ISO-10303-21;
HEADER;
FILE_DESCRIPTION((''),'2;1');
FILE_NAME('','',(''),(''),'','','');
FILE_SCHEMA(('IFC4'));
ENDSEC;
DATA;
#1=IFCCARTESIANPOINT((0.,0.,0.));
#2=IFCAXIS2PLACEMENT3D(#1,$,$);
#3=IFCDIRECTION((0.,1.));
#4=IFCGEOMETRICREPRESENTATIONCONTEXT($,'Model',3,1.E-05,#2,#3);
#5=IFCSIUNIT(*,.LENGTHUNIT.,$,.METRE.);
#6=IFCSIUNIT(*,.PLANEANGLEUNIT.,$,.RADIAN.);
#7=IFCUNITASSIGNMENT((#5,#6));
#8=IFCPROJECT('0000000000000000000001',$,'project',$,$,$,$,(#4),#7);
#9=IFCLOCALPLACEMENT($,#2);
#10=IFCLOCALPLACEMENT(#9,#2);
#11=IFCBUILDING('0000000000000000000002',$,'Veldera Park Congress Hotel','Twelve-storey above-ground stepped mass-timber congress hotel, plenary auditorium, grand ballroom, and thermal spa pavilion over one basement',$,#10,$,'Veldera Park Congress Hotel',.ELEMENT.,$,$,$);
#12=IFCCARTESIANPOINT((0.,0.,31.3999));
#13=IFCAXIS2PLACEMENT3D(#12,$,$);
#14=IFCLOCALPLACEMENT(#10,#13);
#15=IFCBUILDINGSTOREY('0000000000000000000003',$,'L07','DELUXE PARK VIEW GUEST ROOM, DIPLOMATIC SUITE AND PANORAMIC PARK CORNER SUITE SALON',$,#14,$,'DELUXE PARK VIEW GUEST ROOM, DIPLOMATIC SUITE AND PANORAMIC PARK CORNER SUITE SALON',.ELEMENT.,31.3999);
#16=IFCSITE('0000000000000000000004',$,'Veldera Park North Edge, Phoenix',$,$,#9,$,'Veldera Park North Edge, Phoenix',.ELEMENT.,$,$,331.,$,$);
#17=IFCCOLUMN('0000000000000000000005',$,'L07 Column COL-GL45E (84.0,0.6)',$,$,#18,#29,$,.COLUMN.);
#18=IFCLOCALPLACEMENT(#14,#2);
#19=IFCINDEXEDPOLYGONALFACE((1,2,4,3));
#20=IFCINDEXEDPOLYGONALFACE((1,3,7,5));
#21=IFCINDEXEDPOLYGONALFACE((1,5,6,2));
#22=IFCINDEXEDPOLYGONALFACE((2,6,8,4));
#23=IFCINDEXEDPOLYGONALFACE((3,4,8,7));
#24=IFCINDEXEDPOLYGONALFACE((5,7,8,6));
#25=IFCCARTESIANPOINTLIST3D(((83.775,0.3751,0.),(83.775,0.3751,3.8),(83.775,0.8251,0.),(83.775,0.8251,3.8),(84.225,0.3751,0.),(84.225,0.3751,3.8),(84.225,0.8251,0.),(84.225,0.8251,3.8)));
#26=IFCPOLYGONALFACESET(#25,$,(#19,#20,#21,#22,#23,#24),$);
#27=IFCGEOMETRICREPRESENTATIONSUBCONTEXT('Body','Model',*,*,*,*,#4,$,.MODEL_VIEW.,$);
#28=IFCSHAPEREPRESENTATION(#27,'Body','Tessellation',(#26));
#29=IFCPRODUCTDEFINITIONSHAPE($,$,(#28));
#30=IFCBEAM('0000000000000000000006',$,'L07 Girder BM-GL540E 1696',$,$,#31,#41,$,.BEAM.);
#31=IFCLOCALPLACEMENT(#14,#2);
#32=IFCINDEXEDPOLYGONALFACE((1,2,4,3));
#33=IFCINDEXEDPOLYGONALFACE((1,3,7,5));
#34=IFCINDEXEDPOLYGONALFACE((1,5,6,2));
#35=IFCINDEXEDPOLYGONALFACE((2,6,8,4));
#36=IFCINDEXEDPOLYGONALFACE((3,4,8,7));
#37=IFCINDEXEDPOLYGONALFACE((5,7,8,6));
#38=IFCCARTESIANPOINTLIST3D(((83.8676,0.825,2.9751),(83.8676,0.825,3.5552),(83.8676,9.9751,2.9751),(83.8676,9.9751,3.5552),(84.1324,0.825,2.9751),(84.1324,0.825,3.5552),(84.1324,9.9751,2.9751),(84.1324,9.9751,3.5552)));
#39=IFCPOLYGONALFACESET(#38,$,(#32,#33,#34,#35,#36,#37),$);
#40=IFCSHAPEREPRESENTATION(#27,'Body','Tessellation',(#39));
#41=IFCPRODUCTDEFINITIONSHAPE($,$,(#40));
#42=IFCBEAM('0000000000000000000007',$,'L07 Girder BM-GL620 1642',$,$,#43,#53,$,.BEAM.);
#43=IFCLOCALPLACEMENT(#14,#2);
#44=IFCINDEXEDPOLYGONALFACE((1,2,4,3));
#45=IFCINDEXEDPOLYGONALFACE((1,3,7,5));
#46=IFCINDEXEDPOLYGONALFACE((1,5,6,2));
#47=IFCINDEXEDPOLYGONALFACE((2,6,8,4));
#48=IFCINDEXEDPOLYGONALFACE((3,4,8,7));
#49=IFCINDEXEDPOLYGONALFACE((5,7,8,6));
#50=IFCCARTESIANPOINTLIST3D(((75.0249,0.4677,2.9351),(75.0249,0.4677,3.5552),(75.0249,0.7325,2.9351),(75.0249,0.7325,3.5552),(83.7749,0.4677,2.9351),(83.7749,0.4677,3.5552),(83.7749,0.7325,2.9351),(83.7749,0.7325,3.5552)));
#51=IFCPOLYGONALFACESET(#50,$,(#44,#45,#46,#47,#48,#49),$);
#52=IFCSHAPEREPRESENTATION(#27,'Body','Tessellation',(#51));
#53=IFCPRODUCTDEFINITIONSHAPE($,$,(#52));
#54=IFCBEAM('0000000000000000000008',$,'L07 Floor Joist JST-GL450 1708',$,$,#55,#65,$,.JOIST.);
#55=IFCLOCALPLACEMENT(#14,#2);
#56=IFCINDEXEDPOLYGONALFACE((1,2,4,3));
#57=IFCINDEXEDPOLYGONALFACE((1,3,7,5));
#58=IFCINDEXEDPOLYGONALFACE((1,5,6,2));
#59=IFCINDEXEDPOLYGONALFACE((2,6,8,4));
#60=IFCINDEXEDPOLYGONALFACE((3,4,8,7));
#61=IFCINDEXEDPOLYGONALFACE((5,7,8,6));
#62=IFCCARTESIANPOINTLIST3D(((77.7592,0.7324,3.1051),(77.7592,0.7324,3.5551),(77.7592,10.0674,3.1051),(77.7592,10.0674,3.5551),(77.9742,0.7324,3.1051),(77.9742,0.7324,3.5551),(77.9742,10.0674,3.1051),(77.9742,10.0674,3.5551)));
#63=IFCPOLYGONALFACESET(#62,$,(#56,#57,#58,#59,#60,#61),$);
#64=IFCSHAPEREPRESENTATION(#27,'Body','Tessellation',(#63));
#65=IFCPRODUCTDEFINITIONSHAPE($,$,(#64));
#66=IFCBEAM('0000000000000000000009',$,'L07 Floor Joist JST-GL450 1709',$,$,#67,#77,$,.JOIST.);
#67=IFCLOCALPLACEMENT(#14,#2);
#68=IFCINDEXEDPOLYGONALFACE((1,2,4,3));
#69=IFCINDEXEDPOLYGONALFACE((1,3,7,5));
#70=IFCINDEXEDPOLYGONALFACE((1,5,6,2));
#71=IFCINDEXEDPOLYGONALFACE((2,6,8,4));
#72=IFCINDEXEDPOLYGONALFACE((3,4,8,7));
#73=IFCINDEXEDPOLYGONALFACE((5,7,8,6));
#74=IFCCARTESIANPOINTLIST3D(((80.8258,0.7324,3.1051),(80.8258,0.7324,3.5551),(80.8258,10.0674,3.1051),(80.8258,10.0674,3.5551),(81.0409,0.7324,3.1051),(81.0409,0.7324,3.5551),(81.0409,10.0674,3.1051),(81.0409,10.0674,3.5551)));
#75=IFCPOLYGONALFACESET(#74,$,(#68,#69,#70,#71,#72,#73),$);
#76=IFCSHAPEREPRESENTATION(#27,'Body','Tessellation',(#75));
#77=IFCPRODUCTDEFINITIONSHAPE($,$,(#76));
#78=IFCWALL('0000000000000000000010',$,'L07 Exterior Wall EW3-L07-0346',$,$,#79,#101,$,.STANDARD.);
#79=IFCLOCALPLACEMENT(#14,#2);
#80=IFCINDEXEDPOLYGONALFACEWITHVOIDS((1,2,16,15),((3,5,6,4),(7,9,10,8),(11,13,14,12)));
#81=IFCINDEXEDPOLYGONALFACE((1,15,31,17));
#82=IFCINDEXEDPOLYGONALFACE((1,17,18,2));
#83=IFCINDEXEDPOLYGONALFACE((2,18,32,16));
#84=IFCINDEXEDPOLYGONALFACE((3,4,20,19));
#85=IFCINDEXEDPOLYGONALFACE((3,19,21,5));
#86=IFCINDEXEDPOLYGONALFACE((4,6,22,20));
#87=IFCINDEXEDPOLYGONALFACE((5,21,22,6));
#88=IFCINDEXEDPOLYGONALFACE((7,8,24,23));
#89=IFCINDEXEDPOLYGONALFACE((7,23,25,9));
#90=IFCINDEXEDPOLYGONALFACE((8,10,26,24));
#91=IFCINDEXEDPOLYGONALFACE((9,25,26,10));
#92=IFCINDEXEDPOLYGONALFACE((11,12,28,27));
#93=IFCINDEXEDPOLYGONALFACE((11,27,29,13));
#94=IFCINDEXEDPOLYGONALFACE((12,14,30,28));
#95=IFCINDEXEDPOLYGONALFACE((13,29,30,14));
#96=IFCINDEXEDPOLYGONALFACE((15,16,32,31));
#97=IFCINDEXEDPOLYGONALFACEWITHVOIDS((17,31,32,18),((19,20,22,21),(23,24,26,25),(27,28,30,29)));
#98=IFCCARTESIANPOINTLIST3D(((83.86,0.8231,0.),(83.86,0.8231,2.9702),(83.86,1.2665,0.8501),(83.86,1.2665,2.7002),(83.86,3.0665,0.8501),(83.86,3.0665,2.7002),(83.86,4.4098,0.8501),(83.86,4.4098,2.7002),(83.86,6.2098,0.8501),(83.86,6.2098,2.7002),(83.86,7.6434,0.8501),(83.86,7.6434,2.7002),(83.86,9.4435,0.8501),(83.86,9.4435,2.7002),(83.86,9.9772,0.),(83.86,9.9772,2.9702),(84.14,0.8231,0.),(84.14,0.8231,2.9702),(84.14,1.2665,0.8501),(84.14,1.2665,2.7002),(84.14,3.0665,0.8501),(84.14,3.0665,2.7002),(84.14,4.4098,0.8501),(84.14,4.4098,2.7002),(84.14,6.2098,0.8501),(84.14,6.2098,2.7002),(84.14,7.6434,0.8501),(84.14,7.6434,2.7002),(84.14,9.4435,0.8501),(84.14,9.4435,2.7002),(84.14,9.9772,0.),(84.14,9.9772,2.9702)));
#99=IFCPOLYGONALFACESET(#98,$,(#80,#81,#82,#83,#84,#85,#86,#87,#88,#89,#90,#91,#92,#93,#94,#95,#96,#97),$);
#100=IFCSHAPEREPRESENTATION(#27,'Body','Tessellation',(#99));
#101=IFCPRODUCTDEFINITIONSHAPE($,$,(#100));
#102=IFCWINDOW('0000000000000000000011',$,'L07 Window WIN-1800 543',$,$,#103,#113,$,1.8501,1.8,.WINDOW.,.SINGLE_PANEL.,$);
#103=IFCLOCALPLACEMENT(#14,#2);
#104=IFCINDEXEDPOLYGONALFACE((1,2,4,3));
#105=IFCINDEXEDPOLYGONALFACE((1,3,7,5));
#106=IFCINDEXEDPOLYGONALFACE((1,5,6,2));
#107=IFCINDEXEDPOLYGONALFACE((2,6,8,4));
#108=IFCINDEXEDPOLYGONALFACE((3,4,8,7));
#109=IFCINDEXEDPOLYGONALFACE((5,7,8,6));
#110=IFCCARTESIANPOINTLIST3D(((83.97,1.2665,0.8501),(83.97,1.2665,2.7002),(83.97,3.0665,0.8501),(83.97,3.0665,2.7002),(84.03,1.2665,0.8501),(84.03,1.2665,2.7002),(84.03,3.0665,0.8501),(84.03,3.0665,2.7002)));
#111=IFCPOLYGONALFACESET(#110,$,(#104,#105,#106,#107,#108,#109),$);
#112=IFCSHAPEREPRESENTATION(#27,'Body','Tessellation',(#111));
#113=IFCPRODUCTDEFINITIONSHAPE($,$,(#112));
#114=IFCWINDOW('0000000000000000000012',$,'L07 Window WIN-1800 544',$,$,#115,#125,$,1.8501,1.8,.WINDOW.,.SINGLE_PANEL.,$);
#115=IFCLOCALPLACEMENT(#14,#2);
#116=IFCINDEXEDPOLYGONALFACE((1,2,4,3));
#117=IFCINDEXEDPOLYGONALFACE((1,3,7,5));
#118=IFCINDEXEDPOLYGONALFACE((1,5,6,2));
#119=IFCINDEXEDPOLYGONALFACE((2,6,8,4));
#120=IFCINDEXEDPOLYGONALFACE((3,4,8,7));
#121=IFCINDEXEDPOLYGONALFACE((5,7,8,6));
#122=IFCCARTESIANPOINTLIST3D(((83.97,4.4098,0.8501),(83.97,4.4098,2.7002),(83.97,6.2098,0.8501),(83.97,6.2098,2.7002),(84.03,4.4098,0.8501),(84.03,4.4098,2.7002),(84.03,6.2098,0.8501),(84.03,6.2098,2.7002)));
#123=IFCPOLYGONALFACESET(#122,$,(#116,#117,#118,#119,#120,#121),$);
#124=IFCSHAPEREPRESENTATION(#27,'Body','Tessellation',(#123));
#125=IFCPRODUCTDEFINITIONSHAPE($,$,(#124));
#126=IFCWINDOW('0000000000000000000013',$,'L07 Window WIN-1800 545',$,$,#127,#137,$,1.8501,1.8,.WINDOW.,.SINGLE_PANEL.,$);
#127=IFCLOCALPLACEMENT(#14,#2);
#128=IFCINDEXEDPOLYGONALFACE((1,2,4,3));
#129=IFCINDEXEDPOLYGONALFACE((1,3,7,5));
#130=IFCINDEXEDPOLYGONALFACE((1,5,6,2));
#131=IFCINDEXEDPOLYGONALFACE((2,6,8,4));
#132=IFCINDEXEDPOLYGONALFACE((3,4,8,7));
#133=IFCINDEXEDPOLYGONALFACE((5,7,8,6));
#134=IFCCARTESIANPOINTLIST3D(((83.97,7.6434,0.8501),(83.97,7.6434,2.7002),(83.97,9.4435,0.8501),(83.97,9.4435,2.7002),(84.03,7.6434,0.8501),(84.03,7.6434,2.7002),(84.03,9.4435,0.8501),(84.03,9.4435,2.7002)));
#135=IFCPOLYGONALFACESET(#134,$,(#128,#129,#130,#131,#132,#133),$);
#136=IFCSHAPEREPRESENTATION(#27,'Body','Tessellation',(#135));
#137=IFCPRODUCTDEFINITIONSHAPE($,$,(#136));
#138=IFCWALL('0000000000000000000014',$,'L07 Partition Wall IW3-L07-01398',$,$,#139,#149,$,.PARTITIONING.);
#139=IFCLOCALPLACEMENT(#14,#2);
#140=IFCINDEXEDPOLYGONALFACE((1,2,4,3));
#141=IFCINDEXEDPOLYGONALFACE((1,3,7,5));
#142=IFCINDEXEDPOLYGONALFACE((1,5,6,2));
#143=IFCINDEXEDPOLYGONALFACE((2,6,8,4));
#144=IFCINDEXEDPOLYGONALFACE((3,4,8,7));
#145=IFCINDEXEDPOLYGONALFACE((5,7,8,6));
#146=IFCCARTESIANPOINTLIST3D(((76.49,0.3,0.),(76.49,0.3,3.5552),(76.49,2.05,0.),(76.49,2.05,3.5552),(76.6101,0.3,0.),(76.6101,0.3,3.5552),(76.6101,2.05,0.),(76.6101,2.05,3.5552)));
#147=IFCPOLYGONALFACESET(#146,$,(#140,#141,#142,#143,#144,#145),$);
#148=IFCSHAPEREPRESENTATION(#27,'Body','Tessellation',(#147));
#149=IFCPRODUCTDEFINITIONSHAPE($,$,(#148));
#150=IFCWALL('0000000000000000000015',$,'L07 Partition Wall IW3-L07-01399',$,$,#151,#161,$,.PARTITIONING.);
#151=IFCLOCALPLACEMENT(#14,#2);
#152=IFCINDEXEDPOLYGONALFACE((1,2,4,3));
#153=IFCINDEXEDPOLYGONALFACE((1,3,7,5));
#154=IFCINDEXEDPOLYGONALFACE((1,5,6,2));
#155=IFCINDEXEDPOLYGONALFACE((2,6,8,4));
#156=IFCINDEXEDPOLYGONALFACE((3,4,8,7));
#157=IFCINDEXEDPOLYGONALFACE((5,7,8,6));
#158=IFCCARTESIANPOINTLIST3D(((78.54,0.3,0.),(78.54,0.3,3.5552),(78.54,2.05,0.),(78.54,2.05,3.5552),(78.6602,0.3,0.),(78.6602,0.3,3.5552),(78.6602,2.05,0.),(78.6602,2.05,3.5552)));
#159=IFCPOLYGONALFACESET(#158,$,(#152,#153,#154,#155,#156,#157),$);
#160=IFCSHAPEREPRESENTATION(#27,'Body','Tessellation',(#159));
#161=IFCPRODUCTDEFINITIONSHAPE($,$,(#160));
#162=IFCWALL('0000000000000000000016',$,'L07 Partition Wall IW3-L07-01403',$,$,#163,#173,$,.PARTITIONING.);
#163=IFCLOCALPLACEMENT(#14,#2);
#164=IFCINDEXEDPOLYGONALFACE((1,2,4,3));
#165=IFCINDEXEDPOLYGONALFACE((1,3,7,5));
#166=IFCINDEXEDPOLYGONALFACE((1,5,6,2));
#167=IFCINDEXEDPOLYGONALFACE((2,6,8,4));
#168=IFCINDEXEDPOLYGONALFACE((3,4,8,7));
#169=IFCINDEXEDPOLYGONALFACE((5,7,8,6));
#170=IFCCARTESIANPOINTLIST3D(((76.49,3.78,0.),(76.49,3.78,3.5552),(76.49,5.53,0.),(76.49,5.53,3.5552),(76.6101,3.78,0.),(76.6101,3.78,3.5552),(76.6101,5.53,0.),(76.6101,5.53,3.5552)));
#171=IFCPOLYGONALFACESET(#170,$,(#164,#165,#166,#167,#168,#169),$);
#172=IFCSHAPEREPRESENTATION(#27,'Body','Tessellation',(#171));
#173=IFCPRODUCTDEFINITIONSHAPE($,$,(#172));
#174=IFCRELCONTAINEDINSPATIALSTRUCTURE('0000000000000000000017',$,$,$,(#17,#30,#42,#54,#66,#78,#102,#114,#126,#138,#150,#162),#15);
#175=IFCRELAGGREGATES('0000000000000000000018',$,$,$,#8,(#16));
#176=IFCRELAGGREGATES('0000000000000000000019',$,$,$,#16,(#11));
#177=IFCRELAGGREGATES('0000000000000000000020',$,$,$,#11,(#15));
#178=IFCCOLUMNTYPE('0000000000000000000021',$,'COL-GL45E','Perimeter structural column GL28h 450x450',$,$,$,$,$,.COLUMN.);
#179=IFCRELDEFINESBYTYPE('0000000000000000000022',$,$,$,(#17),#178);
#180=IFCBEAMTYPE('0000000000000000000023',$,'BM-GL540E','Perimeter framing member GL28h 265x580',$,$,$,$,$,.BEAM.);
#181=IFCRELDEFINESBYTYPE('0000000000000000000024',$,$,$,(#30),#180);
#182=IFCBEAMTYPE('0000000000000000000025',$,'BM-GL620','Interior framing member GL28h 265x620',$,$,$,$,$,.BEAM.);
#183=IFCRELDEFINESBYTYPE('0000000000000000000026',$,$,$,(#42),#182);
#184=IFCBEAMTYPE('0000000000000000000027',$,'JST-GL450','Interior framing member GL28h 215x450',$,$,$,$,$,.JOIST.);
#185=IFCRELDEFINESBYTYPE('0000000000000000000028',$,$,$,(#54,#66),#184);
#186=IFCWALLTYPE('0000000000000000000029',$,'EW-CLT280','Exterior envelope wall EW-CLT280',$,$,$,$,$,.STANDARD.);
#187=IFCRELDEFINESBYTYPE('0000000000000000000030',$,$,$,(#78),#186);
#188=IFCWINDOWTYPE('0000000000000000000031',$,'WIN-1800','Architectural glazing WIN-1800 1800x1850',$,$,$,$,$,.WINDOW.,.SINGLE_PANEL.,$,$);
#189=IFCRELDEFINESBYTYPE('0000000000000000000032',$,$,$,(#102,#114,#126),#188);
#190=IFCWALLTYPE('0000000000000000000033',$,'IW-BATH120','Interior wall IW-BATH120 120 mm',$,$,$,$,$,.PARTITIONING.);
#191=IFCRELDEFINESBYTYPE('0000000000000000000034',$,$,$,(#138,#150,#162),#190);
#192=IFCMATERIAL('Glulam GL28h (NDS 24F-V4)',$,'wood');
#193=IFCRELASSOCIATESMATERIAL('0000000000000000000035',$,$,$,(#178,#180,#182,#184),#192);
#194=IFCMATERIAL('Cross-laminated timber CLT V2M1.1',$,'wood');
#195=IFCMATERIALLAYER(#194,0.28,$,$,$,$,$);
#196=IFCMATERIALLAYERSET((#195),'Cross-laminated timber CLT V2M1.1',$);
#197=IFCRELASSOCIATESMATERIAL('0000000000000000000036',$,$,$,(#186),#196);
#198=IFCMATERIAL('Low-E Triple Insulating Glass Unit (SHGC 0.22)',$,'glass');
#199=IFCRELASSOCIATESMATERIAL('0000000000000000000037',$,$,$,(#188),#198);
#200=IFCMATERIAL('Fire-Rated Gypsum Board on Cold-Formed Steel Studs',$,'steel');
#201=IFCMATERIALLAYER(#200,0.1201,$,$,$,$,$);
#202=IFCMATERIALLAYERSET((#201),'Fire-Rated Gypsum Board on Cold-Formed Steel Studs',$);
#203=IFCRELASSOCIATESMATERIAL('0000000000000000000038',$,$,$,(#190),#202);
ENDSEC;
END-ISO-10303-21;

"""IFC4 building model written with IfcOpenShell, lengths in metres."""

from ifc_helpers import new_model, si_unit, direction, frame, frame_2d, origin, origin_2d, place, context, subcontext, project, spatial, rectangle, extrude, material, layer, layer_set, material_profile, profile_set, type_object, element, fill, save


model = new_model("IFC4")

# Units and contexts
model_context = context("Model", 3, precision=1e-05, world=origin(), true_north=direction((0.0, 1.0)))
body_context = subcontext(model_context, "Body", "Model", "MODEL_VIEW")
ifc_project = project(units=[si_unit("LENGTHUNIT", "METRE"), si_unit("PLANEANGLEUNIT", "RADIAN")], contexts=[model_context])

# Site, building, storey
site_placement = place(None, origin())
site = spatial("IfcSite", under=ifc_project, at=site_placement, Name="Veldera Park North Edge, Phoenix", LongName="Veldera Park North Edge, Phoenix", CompositionType="ELEMENT", RefElevation=331.0)
building_placement = place(site_placement, origin())
building = spatial("IfcBuilding", under=site, at=building_placement, Name="Veldera Park Congress Hotel", Description="Twelve-storey above-ground stepped mass-timber congress hotel, plenary auditorium, grand ballroom, and thermal spa pavilion over one basement", LongName="Veldera Park Congress Hotel", CompositionType="ELEMENT")
storey_placement = place(building_placement, frame((0.0, 0.0, 31.3999)))
storey = spatial("IfcBuildingStorey", under=building, at=storey_placement, Name="L07", Description="DELUXE PARK VIEW GUEST ROOM, DIPLOMATIC SUITE AND PANORAMIC PARK CORNER SUITE SALON", LongName="DELUXE PARK VIEW GUEST ROOM, DIPLOMATIC SUITE AND PANORAMIC PARK CORNER SUITE SALON", CompositionType="ELEMENT", Elevation=31.3999)

# Column
ifc_material_1 = material(Name="Glulam GL28h (NDS 24F-V4)", Category="wood")
ifc_material_profile_1 = material_profile(ifc_material_1, rectangle(XDim=0.45, YDim=0.45, at=origin_2d()), Name="GL28h 450x450")
ifc_profile_set_1 = profile_set([ifc_material_profile_1], Name="Glulam GL28h (NDS 24F-V4)")
column_type = type_object("IfcColumnType", Name="COL-GL45E", Description="Perimeter structural column GL28h 450x450", PredefinedType="COLUMN", material=ifc_profile_set_1)
column_placement = place(storey_placement, frame((84.0, 0.6001, 0.0), z_axis=(0.0, 0.0, 1.0), x_axis=(1.0, 0.0, 0.0)))
element("IfcColumn", 1, at=column_placement, inside=storey, type_object=column_type, Name="L07 Column COL-GL45E (84.0,0.6)", PredefinedType="COLUMN", context=body_context, shape_type="SweptSolid", body=[
    extrude(rectangle(XDim=0.45, YDim=0.45, at=origin_2d()), origin(), (0.0, 0.0, 1.0), 3.8),
])

# Beams
ifc_material_profile_2 = material_profile(ifc_material_1, rectangle(XDim=0.2649, YDim=0.5801, at=origin_2d()), Name="GL28h 265x580")
ifc_profile_set_2 = profile_set([ifc_material_profile_2], Name="Glulam GL28h (NDS 24F-V4)")
beam_type_1 = type_object("IfcBeamType", Name="BM-GL540E", Description="Perimeter framing member GL28h 265x580", PredefinedType="BEAM", material=ifc_profile_set_2)
beam_1_placement = place(storey_placement, frame((84.0, 0.825, 3.2651), z_axis=(0.0, 1.0, 0.0), x_axis=(-1.0, 0.0, 0.0)))
element("IfcBeam", 2, at=beam_1_placement, inside=storey, type_object=beam_type_1, Name="L07 Girder BM-GL540E 1696", PredefinedType="BEAM", context=body_context, shape_type="SweptSolid", body=[
    extrude(rectangle(XDim=0.2649, YDim=0.5801, at=origin_2d()), origin(), (0.0, 0.0, 1.0), 9.1501),
])
ifc_material_profile_3 = material_profile(ifc_material_1, rectangle(XDim=0.2649, YDim=0.6201, at=origin_2d()), Name="GL28h 265x620")
ifc_profile_set_3 = profile_set([ifc_material_profile_3], Name="Glulam GL28h (NDS 24F-V4)")
beam_type_2 = type_object("IfcBeamType", Name="BM-GL620", Description="Interior framing member GL28h 265x620", PredefinedType="BEAM", material=ifc_profile_set_3)
beam_2_placement = place(storey_placement, frame((75.0249, 0.6001, 3.2451), z_axis=(1.0, 0.0, 0.0), x_axis=(0.0, 1.0, 0.0)))
element("IfcBeam", 3, at=beam_2_placement, inside=storey, type_object=beam_type_2, Name="L07 Girder BM-GL620 1642", PredefinedType="BEAM", context=body_context, shape_type="SweptSolid", body=[
    extrude(rectangle(XDim=0.2649, YDim=0.6201, at=origin_2d()), origin(), (0.0, 0.0, 1.0), 8.75),
])
ifc_material_profile_4 = material_profile(ifc_material_1, rectangle(XDim=0.2151, YDim=0.45, at=origin_2d()), Name="GL28h 215x450")
ifc_profile_set_4 = profile_set([ifc_material_profile_4], Name="Glulam GL28h (NDS 24F-V4)")
beam_type_3 = type_object("IfcBeamType", Name="JST-GL450", Description="Interior framing member GL28h 215x450", PredefinedType="JOIST", material=ifc_profile_set_4)
for number, where, z_axis, x_axis, name in (
    (4, (77.8667, 0.7324, 3.3301), (0.0, 1.0, 0.0), (-1.0, 0.0, 0.0), "L07 Floor Joist JST-GL450 1708"),
    (5, (80.9333, 0.7324, 3.3301), (0.0, 1.0, 0.0), (-1.0, 0.0, 0.0), "L07 Floor Joist JST-GL450 1709"),
):
    element("IfcBeam", number, at=place(storey_placement, frame(where, z_axis=z_axis, x_axis=x_axis)), inside=storey, type_object=beam_type_3, Name=name, PredefinedType="JOIST", context=body_context, shape_type="SweptSolid", body=[
        extrude(rectangle(XDim=0.2151, YDim=0.45, at=origin_2d()), origin(), (0.0, 0.0, 1.0), 9.335),
    ])

# Wall, openings, windows
ifc_material_2 = material(Name="Cross-laminated timber CLT V2M1.1", Category="wood")
ifc_layer_1 = layer(ifc_material_2, 0.28)
ifc_layer_set_1 = layer_set([ifc_layer_1], Name="Cross-laminated timber CLT V2M1.1")
wall_type_1 = type_object("IfcWallType", Name="EW-CLT280", Description="Exterior envelope wall EW-CLT280", PredefinedType="STANDARD", material=ifc_layer_set_1)
wall_1_placement = place(storey_placement, frame((84.0, 0.823, 0.0), z_axis=(0.0, 0.0, 1.0), x_axis=(0.0, 1.0, 0.0)))
wall_1 = element("IfcWall", 6, at=wall_1_placement, inside=storey, type_object=wall_type_1, Name="L07 Exterior Wall EW3-L07-0346", PredefinedType="STANDARD", context=body_context, shape_type="SweptSolid", body=[
    extrude(rectangle(XDim=9.1541, YDim=0.28, at=frame_2d((4.5771, 0.0))), origin(), (0.0, 0.0, 1.0), 2.9702),
])
opening_1_placement = place(wall_1_placement, frame((0.4436, 0.0, 0.8501)))
opening_1 = element("IfcOpeningElement", 7, at=opening_1_placement, cuts=wall_1, PredefinedType="OPENING", context=body_context, shape_type="SweptSolid", body=[
    extrude(rectangle(XDim=1.8, YDim=1.8501, at=frame_2d((0.8999, 0.925))), frame((0.0, 0.1521, 0.0), z_axis=(0.0, -1.0, 0.0), x_axis=(1.0, 0.0, 0.0)), (0.0, 0.0, 1.0), 0.304),
])
opening_2_placement = place(wall_1_placement, frame((3.5869, 0.0, 0.8501)))
opening_2 = element("IfcOpeningElement", 8, at=opening_2_placement, cuts=wall_1, PredefinedType="OPENING", context=body_context, shape_type="SweptSolid", body=[
    extrude(rectangle(XDim=1.8, YDim=1.8501, at=frame_2d((0.8999, 0.925))), frame((0.0, 0.1521, 0.0), z_axis=(0.0, -1.0, 0.0), x_axis=(1.0, 0.0, 0.0)), (0.0, 0.0, 1.0), 0.304),
])
opening_3_placement = place(wall_1_placement, frame((6.8206, 0.0, 0.8501)))
opening_3 = element("IfcOpeningElement", 9, at=opening_3_placement, cuts=wall_1, PredefinedType="OPENING", context=body_context, shape_type="SweptSolid", body=[
    extrude(rectangle(XDim=1.8, YDim=1.8501, at=frame_2d((0.8999, 0.925))), frame((0.0, 0.1521, 0.0), z_axis=(0.0, -1.0, 0.0), x_axis=(1.0, 0.0, 0.0)), (0.0, 0.0, 1.0), 0.304),
])
ifc_material_3 = material(Name="Low-E Triple Insulating Glass Unit (SHGC 0.22)", Category="glass")
window_type = type_object("IfcWindowType", Name="WIN-1800", Description="Architectural glazing WIN-1800 1800x1850", PartitioningType="SINGLE_PANEL", PredefinedType="WINDOW", material=ifc_material_3)
window_1_placement = place(opening_1_placement, origin())
window_1 = element("IfcWindow", 10, at=window_1_placement, inside=storey, type_object=window_type, Name="L07 Window WIN-1800 543", OverallHeight=1.8501, OverallWidth=1.8, PartitioningType="SINGLE_PANEL", PredefinedType="WINDOW", context=body_context, shape_type="SweptSolid", body=[
    extrude(rectangle(XDim=1.8, YDim=1.8501, at=frame_2d((0.8999, 0.925))), frame((0.0, 0.03, 0.0), z_axis=(0.0, -1.0, 0.0), x_axis=(1.0, 0.0, 0.0)), (0.0, 0.0, 1.0), 0.0601),
])
fill(opening_1, window_1)
window_2_placement = place(opening_2_placement, origin())
window_2 = element("IfcWindow", 11, at=window_2_placement, inside=storey, type_object=window_type, Name="L07 Window WIN-1800 544", OverallHeight=1.8501, OverallWidth=1.8, PartitioningType="SINGLE_PANEL", PredefinedType="WINDOW", context=body_context, shape_type="SweptSolid", body=[
    extrude(rectangle(XDim=1.8, YDim=1.8501, at=frame_2d((0.8999, 0.925))), frame((0.0, 0.03, 0.0), z_axis=(0.0, -1.0, 0.0), x_axis=(1.0, 0.0, 0.0)), (0.0, 0.0, 1.0), 0.0601),
])
fill(opening_2, window_2)
window_3_placement = place(opening_3_placement, origin())
window_3 = element("IfcWindow", 12, at=window_3_placement, inside=storey, type_object=window_type, Name="L07 Window WIN-1800 545", OverallHeight=1.8501, OverallWidth=1.8, PartitioningType="SINGLE_PANEL", PredefinedType="WINDOW", context=body_context, shape_type="SweptSolid", body=[
    extrude(rectangle(XDim=1.8, YDim=1.8501, at=frame_2d((0.8999, 0.925))), frame((0.0, 0.03, 0.0), z_axis=(0.0, -1.0, 0.0), x_axis=(1.0, 0.0, 0.0)), (0.0, 0.0, 1.0), 0.0601),
])
fill(opening_3, window_3)

# Walls
ifc_material_4 = material(Name="Fire-Rated Gypsum Board on Cold-Formed Steel Studs", Category="steel")
ifc_layer_2 = layer(ifc_material_4, 0.1201)
ifc_layer_set_2 = layer_set([ifc_layer_2], Name="Fire-Rated Gypsum Board on Cold-Formed Steel Studs")
wall_type_2 = type_object("IfcWallType", Name="IW-BATH120", Description="Interior wall IW-BATH120 120 mm", PredefinedType="PARTITIONING", material=ifc_layer_set_2)
for number, where, z_axis, x_axis, name in (
    (13, (76.55, 0.3, 0.0), (0.0, 0.0, 1.0), (0.0, 1.0, 0.0), "L07 Partition Wall IW3-L07-01398"),
    (14, (78.6001, 0.3, 0.0), (0.0, 0.0, 1.0), (0.0, 1.0, 0.0), "L07 Partition Wall IW3-L07-01399"),
):
    element("IfcWall", number, at=place(storey_placement, frame(where, z_axis=z_axis, x_axis=x_axis)), inside=storey, type_object=wall_type_2, Name=name, PredefinedType="PARTITIONING", context=body_context, shape_type="SweptSolid", body=[
        extrude(rectangle(XDim=1.75, YDim=0.1201, at=frame_2d((0.875, 0.0))), origin(), (0.0, 0.0, 1.0), 3.5552),
    ])

# Wall
for number, where, z_axis, x_axis, name in (
    (15, (76.55, 3.78, 0.0), (0.0, 0.0, 1.0), (0.0, 1.0, 0.0), "L07 Partition Wall IW3-L07-01403"),
):
    element("IfcWall", number, at=place(storey_placement, frame(where, z_axis=z_axis, x_axis=x_axis)), inside=storey, type_object=wall_type_2, Name=name, PredefinedType="PARTITIONING", context=body_context, shape_type="SweptSolid", body=[
        extrude(rectangle(XDim=1.75, YDim=0.1201, at=frame_2d((0.875, 0.0))), origin(), (0.0, 0.0, 1.0), 3.5552),
    ])

save(model, "model.ifc")
